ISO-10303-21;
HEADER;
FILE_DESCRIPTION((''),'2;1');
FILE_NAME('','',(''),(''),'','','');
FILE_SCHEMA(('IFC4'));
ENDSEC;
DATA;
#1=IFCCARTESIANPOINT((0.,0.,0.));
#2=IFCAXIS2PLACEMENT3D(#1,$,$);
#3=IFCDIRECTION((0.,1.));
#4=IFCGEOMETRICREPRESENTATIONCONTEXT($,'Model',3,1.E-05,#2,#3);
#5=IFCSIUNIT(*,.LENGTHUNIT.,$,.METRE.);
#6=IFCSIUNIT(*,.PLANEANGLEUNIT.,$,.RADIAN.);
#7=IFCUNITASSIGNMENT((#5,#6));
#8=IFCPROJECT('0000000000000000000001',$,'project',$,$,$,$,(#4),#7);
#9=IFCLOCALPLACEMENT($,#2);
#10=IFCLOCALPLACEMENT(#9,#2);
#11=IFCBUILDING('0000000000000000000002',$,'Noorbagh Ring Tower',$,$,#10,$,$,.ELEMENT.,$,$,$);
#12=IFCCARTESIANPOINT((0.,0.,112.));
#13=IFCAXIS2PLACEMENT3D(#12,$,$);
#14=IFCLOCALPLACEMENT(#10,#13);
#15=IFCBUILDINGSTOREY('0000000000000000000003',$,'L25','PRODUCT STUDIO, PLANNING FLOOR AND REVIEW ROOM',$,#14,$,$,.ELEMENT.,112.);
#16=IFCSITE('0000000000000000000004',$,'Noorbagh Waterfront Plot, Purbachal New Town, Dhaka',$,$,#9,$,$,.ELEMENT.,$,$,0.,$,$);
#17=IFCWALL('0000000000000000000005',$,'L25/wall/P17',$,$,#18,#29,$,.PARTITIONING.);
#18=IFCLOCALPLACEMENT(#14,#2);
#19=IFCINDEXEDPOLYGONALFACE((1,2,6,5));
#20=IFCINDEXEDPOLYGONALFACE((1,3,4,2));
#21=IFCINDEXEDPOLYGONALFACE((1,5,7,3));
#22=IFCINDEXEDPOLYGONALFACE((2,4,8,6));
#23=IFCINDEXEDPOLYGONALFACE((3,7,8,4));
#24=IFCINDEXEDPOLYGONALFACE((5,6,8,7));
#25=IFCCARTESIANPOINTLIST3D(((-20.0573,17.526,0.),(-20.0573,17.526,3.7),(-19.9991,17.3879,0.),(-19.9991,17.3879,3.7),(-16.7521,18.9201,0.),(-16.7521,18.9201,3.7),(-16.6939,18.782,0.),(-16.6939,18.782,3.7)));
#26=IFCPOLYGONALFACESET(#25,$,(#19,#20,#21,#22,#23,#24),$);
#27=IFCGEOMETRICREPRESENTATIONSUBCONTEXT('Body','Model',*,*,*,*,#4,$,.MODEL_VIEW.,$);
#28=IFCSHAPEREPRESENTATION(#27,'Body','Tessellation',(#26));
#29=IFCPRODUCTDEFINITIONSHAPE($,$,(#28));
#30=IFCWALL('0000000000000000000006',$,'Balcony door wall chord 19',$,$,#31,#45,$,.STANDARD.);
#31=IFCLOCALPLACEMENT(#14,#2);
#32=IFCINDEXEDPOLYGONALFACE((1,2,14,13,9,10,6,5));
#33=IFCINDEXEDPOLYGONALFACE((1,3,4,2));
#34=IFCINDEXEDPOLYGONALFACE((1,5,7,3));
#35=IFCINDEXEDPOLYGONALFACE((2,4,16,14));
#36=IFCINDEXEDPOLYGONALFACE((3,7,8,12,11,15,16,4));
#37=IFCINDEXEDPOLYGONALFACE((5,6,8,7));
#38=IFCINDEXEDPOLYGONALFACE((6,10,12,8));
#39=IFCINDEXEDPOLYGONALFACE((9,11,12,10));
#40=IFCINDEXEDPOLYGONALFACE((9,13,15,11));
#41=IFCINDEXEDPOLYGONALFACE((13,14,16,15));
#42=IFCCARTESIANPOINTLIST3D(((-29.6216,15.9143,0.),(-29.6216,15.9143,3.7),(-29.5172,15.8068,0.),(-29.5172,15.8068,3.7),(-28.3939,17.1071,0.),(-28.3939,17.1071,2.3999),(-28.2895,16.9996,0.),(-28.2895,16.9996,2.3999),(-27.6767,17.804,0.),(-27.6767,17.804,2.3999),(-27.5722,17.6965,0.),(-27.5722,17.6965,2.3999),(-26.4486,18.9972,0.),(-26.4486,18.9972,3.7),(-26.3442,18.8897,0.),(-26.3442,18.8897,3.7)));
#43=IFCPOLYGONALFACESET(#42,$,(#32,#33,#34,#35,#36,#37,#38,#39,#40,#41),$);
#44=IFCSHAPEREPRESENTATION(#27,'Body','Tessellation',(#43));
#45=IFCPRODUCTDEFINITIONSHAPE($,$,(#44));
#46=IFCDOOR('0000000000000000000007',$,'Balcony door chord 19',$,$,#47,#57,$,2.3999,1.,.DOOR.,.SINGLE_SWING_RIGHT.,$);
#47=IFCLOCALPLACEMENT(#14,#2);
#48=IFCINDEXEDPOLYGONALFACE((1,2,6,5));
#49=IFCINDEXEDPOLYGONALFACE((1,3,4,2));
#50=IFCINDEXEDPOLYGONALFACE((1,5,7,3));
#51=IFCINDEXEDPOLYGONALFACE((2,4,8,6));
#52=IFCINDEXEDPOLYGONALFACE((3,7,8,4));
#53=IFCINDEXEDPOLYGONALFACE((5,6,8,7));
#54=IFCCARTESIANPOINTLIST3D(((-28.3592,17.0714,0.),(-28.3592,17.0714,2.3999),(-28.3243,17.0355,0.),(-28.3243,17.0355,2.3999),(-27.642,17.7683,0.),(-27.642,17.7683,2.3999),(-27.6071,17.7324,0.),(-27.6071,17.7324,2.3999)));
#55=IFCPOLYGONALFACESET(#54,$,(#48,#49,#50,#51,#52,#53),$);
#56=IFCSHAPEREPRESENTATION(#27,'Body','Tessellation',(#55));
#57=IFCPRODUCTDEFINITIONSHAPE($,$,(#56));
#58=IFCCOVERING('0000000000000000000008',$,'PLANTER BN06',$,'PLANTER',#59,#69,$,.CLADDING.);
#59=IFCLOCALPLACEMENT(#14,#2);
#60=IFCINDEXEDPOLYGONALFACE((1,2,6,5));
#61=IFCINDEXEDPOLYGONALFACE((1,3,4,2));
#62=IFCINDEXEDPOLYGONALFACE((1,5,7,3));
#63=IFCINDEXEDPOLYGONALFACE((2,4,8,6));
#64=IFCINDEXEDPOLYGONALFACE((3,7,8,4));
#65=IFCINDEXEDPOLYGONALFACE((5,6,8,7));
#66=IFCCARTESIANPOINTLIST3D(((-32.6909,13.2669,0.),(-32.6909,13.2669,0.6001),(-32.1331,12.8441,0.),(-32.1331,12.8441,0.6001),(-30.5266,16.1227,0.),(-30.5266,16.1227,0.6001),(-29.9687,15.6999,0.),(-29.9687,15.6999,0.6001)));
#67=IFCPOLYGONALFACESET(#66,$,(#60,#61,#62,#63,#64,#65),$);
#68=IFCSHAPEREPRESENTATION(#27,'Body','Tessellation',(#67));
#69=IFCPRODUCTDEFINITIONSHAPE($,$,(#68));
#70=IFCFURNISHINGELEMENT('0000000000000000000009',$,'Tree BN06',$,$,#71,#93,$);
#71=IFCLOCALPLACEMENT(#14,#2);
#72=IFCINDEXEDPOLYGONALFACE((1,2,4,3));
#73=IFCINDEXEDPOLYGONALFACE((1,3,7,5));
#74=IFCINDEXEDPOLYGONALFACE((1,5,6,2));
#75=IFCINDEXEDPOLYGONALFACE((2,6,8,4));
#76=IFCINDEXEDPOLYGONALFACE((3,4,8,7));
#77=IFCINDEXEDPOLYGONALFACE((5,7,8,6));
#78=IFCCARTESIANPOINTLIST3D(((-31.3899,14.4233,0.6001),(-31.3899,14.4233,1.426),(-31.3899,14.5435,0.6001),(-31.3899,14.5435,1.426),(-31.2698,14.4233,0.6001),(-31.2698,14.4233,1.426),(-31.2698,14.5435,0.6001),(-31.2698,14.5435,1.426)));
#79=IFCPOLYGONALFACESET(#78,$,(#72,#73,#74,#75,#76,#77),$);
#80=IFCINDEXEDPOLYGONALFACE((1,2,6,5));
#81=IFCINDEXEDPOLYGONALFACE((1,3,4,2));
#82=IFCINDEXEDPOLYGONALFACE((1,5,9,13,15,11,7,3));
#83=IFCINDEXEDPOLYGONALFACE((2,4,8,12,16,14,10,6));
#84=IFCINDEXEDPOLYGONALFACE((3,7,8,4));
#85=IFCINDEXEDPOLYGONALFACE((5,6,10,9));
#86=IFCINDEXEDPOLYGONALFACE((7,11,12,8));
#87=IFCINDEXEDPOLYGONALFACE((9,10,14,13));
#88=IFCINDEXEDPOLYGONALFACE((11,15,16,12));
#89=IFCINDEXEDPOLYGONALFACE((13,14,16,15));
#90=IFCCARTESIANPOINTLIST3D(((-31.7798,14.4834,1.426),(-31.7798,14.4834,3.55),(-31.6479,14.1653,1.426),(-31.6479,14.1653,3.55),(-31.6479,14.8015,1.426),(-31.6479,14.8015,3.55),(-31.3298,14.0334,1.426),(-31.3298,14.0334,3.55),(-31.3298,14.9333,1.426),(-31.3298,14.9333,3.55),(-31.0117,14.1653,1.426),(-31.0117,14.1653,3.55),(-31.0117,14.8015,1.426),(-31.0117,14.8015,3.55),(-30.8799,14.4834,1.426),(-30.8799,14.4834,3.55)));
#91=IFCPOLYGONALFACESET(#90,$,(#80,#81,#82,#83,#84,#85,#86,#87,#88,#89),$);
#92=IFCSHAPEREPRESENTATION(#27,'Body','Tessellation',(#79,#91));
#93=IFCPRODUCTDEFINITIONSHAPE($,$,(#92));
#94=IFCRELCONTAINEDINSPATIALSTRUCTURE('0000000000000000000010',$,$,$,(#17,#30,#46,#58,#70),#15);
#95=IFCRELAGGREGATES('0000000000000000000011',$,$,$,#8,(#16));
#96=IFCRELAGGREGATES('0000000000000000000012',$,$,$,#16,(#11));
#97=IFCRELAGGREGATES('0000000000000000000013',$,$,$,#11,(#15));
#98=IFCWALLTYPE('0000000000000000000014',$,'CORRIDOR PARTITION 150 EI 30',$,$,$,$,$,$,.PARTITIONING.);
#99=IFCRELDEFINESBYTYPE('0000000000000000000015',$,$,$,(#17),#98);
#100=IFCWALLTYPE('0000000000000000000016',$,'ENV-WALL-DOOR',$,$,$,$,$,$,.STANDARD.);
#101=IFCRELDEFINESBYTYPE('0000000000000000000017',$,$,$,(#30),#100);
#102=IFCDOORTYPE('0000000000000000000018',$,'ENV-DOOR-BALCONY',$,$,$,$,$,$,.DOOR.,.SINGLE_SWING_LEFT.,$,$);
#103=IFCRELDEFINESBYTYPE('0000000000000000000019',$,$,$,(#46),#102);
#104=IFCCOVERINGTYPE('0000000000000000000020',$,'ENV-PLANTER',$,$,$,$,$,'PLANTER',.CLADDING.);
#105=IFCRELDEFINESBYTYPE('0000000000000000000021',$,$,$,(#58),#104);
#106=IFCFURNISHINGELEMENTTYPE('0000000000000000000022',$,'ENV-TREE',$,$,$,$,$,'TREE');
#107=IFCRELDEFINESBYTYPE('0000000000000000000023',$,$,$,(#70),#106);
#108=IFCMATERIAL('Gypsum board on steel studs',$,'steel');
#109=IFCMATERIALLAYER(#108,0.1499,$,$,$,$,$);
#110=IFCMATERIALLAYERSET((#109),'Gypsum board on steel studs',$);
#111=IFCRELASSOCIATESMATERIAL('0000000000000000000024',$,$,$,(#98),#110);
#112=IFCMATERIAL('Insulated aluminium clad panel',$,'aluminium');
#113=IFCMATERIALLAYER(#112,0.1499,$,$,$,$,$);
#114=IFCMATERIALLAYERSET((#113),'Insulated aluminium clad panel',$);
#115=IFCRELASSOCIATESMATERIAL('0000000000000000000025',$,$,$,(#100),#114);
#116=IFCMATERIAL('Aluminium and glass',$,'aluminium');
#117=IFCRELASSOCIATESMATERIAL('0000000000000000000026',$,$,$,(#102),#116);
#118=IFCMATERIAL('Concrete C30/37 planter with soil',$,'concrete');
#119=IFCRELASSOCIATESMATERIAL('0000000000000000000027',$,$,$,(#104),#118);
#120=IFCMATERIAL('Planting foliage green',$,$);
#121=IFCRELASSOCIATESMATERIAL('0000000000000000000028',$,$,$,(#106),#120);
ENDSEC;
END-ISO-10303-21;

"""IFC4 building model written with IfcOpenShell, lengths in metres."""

from ifc_helpers import new_model, si_unit, direction, frame, frame_2d, origin, origin_2d, place, context, subcontext, project, spatial, polyline, rectangle, outline, extrude, material, layer, layer_set, type_object, element, fill, save


model = new_model("IFC4")

# Units and contexts
model_context = context("Model", 3, precision=1e-05, world=origin(), true_north=direction((0.0, 1.0)))
body_context = subcontext(model_context, "Body", "Model", "MODEL_VIEW")
ifc_project = project(units=[si_unit("LENGTHUNIT", "METRE"), si_unit("PLANEANGLEUNIT", "RADIAN")], contexts=[model_context])

# Site, building, storey
site_placement = place(None, origin())
site = spatial("IfcSite", under=ifc_project, at=site_placement, Name="Noorbagh Waterfront Plot, Purbachal New Town, Dhaka", CompositionType="ELEMENT", RefElevation=0.0)
building_placement = place(site_placement, origin())
building = spatial("IfcBuilding", under=site, at=building_placement, Name="Noorbagh Ring Tower", CompositionType="ELEMENT")
storey_placement = place(building_placement, frame((0.0, 0.0, 112.0)))
storey = spatial("IfcBuildingStorey", under=building, at=storey_placement, Name="L25", Description="PRODUCT STUDIO, PLANNING FLOOR AND REVIEW ROOM", CompositionType="ELEMENT", Elevation=112.0)

# Shared definitions
ifc_material_1 = material(Name="Gypsum board on steel studs", Category="steel")
ifc_layer_1 = layer(ifc_material_1, 0.1499)
ifc_layer_set_1 = layer_set([ifc_layer_1], Name="Gypsum board on steel studs")
wall_type_1 = type_object("IfcWallType", Name="CORRIDOR PARTITION 150 EI 30", PredefinedType="PARTITIONING", material=ifc_layer_set_1)

# Wall
wall_1_placement = place(storey_placement, frame((-20.0281, 17.457, 0.0), z_axis=(0.0, 0.0, 1.0), x_axis=(0.921397, 0.388623, 0.0)))
element("IfcWall", 1, at=wall_1_placement, inside=storey, type_object=wall_type_1, Name="L25/wall/P17", PredefinedType="PARTITIONING", context=body_context, shape_type="SweptSolid", body=[
    extrude(rectangle(XDim=3.5872, YDim=0.1499, at=frame_2d((1.7935, 0.0))), origin(), (0.0, 0.0, 1.0), 3.7),
])

# Wall, opening, door
ifc_material_2 = material(Name="Insulated aluminium clad panel", Category="aluminium")
ifc_layer_2 = layer(ifc_material_2, 0.1499)
ifc_layer_set_2 = layer_set([ifc_layer_2], Name="Insulated aluminium clad panel")
wall_type_2 = type_object("IfcWallType", Name="ENV-WALL-DOOR", PredefinedType="STANDARD", material=ifc_layer_set_2)
wall_2_placement = place(storey_placement, frame((-26.3965, 18.9434, 0.0), z_axis=(0.0, 0.0, 1.0), x_axis=(-0.717215, -0.696852, 0.0)))
wall_2 = element("IfcWall", 2, at=wall_2_placement, inside=storey, type_object=wall_type_2, Name="Balcony door wall chord 19", PredefinedType="STANDARD", context=body_context, shape_type="SweptSolid", body=[
    extrude(rectangle(XDim=4.4241, YDim=0.1499, at=frame_2d((2.2119, 0.0))), origin(), (0.0, 0.0, 1.0), 3.7),
])
opening_1_placement = place(wall_2_placement, frame((1.7122, 0.0, 0.0)))
opening_1 = element("IfcOpeningElement", 3, at=opening_1_placement, cuts=wall_2, PredefinedType="OPENING", context=body_context, shape_type="SweptSolid", body=[
    extrude(rectangle(XDim=1.0, YDim=2.3999, at=frame_2d((0.5, 1.2))), frame((0.0, 0.085, 0.0), z_axis=(0.0, -1.0, 0.0), x_axis=(1.0, 0.0, 0.0)), (0.0, 0.0, 1.0), 0.1699),
])
ifc_material_3 = material(Name="Aluminium and glass", Category="aluminium")
door_type_1 = type_object("IfcDoorType", Name="ENV-DOOR-BALCONY", OperationType="SINGLE_SWING_LEFT", PredefinedType="DOOR", material=ifc_material_3)
door_1_placement = place(opening_1_placement, origin())
door_1 = element("IfcDoor", 4, at=door_1_placement, inside=storey, type_object=door_type_1, Name="Balcony door chord 19", OperationType="SINGLE_SWING_RIGHT", OverallHeight=2.3999, OverallWidth=1.0, PredefinedType="DOOR", context=body_context, shape_type="SweptSolid", body=[
    extrude(rectangle(XDim=1.0, YDim=2.3999, at=frame_2d((0.5, 1.2))), frame((0.0, 0.0249, 0.0), z_axis=(0.0, -1.0, 0.0), x_axis=(1.0, 0.0, 0.0)), (0.0, 0.0, 1.0), 0.05),
])
fill(opening_1, door_1)

# Covering
ifc_material_4 = material(Name="Concrete C30/37 planter with soil", Category="concrete")
covering_type = type_object("IfcCoveringType", Name="ENV-PLANTER", ElementType="PLANTER", PredefinedType="CLADDING", material=ifc_material_4)
covering_placement = place(storey_placement, frame((-31.3298, 14.4834, 0.0), z_axis=(0.0, 0.0, 1.0), x_axis=(-0.60402, -0.796969, 0.0)))
element("IfcCovering", 5, at=covering_placement, inside=storey, type_object=covering_type, Name="PLANTER BN06", ObjectType="PLANTER", PredefinedType="CLADDING", context=body_context, shape_type="SweptSolid", body=[
    extrude(rectangle(XDim=3.5833, YDim=0.7, at=origin_2d()), origin(), (0.0, 0.0, 1.0), 0.6001),
])

# Furnishing element
ifc_material_5 = material(Name="Planting foliage green")
furnishing_element_type = type_object("IfcFurnishingElementType", Name="ENV-TREE", ElementType="TREE", material=ifc_material_5)
furnishing_placement = place(storey_placement, frame((-31.3298, 14.4834, 0.6001), z_axis=(0.0, 0.0, 1.0), x_axis=(1.0, 0.0, 0.0)))
element("IfcFurnishingElement", 6, at=furnishing_placement, inside=storey, type_object=furnishing_element_type, Name="Tree BN06", context=body_context, shape_type="SweptSolid", body=[
    extrude(rectangle(XDim=0.1201, YDim=0.1201, at=origin_2d()), origin(), (0.0, 0.0, 1.0), 0.8259),
    extrude(outline(polyline([(0.45, 0.0), (0.3181, 0.3181), (0.0, 0.45), (-0.3181, 0.3181), (-0.45, 0.0), (-0.3181, -0.3181), (0.0, -0.45), (0.3181, -0.3181), (0.45, 0.0)])), frame((0.0, 0.0, 0.8259)), (0.0, 0.0, 1.0), 2.124),
])

save(model, "model.ifc")
